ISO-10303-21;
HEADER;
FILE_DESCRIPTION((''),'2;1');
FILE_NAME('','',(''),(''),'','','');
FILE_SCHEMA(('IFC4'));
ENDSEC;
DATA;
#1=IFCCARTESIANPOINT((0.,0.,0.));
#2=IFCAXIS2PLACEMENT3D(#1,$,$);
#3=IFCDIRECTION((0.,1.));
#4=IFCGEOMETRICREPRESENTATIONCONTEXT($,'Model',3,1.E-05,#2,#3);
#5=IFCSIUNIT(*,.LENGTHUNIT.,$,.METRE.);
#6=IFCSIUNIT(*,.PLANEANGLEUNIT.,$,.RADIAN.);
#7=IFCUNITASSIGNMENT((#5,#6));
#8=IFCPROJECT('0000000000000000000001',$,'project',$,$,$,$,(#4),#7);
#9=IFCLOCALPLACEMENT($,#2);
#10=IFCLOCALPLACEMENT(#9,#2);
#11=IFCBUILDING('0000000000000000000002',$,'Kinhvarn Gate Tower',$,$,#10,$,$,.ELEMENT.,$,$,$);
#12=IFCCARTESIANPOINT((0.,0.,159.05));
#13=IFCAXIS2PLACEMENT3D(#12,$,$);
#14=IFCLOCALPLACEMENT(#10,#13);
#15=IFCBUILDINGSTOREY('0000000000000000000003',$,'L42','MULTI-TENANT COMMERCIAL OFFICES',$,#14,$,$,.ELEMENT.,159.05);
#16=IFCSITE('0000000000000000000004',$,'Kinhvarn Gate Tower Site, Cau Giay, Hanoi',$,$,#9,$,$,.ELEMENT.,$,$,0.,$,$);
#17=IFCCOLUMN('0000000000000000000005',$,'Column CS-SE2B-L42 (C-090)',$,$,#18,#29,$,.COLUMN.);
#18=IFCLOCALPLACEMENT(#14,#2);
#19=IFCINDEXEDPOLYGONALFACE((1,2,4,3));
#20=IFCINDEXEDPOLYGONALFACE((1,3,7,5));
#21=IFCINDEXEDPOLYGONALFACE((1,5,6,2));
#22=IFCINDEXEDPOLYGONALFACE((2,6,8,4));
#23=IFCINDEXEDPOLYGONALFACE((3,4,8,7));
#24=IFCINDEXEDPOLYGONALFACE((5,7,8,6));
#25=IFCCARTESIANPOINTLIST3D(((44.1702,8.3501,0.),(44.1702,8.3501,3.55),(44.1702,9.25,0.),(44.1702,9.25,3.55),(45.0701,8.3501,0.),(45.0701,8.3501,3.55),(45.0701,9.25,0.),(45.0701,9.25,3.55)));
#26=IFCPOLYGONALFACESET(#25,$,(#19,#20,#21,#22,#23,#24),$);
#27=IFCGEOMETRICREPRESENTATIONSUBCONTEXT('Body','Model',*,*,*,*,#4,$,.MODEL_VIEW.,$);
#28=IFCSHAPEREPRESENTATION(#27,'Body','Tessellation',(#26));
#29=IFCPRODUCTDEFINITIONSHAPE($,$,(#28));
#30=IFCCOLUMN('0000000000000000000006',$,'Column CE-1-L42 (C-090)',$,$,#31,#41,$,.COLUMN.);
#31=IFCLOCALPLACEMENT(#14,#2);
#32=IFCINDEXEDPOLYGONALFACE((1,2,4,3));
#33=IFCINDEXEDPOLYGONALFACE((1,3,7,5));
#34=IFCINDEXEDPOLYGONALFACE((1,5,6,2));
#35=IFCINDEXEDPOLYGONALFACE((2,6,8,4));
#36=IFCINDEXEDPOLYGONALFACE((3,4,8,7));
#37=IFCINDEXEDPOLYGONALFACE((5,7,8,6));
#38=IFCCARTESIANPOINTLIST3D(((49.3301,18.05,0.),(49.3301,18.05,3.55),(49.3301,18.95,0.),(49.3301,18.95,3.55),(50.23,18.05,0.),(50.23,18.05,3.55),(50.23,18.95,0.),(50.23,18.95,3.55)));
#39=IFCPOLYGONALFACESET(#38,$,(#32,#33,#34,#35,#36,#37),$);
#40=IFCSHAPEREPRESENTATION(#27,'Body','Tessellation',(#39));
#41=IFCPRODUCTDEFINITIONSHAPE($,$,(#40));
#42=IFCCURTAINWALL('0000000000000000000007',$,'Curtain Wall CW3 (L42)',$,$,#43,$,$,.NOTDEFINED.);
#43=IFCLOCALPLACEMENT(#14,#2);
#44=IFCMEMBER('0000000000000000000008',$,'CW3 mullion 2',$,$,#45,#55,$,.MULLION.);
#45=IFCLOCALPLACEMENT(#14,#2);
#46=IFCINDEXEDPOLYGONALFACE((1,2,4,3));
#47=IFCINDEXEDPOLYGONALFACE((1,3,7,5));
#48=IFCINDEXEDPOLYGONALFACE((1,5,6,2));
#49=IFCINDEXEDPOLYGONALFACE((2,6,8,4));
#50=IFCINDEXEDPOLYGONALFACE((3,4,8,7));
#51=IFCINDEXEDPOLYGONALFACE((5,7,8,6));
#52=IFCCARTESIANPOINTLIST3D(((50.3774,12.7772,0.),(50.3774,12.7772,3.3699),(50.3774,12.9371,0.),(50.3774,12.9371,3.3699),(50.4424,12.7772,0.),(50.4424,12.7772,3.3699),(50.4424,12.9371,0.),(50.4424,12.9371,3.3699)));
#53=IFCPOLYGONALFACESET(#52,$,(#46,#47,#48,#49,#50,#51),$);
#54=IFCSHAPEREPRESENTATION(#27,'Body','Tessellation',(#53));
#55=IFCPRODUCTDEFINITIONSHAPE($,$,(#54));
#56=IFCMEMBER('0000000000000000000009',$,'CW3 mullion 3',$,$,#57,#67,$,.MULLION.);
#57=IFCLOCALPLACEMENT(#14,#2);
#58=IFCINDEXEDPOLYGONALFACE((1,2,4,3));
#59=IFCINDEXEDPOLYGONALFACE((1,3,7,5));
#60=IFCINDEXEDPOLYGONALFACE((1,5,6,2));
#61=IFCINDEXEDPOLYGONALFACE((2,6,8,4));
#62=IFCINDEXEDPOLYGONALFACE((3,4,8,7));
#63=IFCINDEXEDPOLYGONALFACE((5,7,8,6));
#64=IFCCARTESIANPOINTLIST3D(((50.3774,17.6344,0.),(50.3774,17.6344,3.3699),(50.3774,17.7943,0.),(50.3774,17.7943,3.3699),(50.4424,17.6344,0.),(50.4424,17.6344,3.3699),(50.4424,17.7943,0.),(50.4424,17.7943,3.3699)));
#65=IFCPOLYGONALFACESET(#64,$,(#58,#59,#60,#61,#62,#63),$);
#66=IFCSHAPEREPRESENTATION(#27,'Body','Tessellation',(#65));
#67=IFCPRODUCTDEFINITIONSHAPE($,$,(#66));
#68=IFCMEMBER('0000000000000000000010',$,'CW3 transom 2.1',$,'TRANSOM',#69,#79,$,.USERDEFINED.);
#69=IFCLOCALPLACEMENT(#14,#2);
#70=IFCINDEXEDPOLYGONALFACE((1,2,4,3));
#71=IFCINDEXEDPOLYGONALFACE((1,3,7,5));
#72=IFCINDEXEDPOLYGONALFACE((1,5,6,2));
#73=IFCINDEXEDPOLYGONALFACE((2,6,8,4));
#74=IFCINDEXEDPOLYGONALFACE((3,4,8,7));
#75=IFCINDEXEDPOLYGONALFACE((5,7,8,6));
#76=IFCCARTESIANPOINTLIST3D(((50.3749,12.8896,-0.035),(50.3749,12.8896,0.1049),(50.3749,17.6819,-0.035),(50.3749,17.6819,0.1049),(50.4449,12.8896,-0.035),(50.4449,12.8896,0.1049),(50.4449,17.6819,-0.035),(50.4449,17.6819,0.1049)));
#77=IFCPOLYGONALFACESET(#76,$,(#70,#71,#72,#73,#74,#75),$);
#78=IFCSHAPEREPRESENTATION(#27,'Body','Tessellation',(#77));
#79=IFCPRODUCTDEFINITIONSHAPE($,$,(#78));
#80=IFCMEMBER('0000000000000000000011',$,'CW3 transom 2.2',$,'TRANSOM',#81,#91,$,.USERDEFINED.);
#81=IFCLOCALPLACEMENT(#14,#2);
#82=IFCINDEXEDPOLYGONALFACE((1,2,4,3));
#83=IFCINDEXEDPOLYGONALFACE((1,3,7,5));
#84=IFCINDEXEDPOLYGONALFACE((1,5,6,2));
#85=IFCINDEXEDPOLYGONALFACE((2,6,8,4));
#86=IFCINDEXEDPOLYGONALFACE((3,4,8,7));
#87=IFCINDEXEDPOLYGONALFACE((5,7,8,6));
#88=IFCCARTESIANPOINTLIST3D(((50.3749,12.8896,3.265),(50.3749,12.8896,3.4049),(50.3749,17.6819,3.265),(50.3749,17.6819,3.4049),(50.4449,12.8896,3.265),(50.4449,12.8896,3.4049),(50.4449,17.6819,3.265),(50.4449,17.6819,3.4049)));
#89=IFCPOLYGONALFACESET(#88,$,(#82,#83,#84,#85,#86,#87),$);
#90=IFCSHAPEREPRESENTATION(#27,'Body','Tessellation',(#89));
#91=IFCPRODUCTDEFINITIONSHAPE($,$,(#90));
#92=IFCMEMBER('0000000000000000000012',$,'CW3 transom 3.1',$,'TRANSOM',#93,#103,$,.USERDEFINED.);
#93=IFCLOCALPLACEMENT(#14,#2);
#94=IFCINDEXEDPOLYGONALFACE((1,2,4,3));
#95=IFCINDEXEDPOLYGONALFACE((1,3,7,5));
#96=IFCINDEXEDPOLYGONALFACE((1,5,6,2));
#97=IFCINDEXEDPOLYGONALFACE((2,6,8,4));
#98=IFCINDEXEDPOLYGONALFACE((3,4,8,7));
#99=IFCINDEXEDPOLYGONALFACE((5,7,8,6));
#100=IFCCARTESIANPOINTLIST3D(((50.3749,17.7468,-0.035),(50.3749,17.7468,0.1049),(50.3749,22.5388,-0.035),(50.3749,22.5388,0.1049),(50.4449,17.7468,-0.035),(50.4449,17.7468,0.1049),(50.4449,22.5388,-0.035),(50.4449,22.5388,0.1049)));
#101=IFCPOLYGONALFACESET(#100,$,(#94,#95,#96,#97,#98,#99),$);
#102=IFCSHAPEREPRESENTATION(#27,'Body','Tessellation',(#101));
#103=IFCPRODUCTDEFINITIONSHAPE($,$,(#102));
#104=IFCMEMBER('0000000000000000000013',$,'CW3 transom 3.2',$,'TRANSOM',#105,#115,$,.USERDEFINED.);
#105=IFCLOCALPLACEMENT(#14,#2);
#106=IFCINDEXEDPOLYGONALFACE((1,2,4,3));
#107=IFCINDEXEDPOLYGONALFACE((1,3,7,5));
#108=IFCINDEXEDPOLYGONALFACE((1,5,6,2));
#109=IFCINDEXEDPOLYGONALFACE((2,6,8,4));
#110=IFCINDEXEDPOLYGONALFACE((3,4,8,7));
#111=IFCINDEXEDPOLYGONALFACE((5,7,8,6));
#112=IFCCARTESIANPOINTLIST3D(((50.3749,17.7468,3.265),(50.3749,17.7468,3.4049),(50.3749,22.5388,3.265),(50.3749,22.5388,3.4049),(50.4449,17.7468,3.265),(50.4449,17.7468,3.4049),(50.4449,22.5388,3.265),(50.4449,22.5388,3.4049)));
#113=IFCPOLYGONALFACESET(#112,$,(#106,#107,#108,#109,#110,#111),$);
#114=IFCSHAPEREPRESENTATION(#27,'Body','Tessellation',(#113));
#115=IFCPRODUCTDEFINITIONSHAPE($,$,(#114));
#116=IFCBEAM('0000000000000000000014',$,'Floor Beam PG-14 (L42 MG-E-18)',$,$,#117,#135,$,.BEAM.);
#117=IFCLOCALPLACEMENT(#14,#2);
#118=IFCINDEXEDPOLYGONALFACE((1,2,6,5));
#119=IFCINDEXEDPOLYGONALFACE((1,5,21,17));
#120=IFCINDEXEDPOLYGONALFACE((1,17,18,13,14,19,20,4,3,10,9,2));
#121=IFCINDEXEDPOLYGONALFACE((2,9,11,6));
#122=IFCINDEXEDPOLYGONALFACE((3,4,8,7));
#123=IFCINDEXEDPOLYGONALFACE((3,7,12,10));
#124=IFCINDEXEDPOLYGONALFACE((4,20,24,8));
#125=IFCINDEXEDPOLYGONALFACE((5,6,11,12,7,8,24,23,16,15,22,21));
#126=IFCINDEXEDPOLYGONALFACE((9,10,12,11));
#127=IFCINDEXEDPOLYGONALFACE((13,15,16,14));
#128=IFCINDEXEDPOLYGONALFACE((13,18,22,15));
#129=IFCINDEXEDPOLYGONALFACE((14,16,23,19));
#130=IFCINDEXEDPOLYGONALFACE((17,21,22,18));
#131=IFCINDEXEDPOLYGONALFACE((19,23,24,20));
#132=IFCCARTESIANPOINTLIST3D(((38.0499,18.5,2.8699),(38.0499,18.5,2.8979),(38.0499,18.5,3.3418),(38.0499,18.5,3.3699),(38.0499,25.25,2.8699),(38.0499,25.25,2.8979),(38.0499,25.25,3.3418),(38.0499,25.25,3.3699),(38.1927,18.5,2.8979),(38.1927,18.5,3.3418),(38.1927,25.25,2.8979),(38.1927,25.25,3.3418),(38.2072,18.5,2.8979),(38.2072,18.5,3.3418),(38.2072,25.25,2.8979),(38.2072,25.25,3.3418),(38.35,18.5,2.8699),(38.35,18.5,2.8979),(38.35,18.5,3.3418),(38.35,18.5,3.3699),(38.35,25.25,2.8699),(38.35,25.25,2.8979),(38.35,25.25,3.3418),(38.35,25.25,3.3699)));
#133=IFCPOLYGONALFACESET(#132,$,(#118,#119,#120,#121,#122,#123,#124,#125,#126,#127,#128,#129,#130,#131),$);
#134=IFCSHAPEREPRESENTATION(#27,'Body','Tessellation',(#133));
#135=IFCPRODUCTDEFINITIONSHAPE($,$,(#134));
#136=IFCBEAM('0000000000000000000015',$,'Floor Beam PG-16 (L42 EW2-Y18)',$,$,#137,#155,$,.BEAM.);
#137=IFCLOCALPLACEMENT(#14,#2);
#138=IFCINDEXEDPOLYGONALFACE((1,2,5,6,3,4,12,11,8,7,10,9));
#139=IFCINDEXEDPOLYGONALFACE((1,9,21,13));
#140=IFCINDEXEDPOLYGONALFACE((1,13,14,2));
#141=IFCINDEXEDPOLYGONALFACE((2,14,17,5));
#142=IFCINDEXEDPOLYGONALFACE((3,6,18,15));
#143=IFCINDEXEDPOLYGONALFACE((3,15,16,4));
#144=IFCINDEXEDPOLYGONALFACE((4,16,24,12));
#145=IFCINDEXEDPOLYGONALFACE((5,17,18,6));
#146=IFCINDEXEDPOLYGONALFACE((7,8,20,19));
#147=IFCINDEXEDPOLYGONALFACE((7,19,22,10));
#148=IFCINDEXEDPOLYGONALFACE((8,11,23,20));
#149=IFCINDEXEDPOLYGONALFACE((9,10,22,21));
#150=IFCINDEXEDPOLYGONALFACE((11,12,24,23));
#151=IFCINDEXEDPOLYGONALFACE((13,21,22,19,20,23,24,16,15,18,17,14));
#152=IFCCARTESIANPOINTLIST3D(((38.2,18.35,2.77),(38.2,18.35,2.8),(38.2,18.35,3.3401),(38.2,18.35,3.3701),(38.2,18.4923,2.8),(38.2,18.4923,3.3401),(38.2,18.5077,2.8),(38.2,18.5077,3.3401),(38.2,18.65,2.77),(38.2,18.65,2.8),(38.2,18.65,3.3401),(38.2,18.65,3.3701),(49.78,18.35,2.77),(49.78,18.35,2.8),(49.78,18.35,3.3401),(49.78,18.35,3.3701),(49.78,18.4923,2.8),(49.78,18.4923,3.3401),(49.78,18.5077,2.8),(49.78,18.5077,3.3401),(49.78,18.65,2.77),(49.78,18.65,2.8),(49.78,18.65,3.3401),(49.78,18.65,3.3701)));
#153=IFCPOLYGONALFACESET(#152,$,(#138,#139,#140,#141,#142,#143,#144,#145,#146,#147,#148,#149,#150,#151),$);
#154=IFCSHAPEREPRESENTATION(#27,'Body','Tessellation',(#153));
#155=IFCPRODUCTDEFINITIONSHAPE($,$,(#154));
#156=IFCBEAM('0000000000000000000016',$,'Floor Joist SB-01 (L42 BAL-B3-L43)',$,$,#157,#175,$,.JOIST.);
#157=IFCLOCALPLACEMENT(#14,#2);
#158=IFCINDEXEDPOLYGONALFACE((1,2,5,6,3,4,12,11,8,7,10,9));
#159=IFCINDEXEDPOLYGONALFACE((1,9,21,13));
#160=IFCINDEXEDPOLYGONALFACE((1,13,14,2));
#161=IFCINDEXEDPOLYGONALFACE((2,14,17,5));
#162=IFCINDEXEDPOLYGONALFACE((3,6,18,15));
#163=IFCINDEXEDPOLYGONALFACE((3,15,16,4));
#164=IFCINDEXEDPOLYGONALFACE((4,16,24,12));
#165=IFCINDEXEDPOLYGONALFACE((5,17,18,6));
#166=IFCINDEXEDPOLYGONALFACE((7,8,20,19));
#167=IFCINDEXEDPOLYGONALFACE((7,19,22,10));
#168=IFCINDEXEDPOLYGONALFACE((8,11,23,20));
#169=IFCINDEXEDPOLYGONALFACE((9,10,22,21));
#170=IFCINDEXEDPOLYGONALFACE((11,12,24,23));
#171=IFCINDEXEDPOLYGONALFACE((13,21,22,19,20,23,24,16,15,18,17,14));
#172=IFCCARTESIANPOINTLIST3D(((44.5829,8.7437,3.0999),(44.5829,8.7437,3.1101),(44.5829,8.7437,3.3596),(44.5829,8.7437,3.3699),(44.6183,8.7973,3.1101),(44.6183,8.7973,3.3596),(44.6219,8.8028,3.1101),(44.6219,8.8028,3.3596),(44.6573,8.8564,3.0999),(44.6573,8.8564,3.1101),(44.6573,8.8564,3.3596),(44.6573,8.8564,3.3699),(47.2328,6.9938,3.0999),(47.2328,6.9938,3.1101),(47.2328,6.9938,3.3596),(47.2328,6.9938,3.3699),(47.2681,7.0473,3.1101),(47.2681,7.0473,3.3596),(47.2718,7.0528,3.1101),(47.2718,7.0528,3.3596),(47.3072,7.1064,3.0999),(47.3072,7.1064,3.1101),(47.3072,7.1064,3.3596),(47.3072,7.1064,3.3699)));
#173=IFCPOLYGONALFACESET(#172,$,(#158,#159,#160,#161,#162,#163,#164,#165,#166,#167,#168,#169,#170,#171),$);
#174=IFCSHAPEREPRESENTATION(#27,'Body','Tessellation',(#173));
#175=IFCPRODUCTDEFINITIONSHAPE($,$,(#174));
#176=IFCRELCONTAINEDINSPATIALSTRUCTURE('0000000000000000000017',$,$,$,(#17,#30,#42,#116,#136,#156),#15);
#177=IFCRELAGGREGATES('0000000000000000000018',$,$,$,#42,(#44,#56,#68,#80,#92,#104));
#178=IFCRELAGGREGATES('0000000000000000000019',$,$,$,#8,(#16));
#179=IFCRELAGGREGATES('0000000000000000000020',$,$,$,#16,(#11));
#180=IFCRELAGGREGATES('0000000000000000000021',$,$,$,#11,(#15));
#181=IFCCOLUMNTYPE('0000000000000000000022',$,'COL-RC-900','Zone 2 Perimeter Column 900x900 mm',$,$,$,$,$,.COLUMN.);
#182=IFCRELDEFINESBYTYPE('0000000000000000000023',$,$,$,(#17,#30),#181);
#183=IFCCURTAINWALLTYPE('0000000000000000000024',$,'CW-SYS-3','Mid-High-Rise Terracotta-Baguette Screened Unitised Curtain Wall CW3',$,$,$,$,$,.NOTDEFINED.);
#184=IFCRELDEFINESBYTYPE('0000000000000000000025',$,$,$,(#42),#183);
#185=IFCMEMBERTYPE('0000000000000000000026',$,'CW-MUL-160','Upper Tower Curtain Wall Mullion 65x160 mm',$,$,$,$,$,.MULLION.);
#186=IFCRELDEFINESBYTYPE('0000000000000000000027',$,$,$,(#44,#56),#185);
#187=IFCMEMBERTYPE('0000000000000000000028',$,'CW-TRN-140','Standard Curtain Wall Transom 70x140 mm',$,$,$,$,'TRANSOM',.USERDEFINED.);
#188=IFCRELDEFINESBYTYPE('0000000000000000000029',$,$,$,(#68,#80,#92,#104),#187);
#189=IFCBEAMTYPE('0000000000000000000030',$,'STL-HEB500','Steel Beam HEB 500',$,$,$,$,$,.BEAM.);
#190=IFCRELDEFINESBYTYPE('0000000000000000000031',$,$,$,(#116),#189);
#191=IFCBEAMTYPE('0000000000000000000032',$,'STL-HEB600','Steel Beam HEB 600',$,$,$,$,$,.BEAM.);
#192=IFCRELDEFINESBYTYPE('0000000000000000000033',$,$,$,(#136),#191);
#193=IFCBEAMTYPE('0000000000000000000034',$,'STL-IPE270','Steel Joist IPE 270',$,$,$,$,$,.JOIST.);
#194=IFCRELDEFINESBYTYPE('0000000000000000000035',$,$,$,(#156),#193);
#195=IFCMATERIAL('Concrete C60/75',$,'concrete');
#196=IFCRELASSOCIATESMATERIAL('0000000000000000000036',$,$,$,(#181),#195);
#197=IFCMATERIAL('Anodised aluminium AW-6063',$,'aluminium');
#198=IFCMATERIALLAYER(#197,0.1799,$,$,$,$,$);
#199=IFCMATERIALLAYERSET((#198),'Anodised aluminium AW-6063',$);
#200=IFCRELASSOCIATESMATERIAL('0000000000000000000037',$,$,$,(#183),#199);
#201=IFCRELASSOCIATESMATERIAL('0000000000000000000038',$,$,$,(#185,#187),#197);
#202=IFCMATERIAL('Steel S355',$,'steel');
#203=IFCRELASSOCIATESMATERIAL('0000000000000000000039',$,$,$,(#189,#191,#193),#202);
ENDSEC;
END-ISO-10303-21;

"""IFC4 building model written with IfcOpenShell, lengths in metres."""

from ifc_helpers import new_model, si_unit, direction, frame, origin, origin_2d, place, context, subcontext, project, spatial, rectangle, i_section, extrude, material, layer, layer_set, material_profile, profile_set, type_object, element, aggregate, save


model = new_model("IFC4")

# Units and contexts
model_context = context("Model", 3, precision=1e-05, world=origin(), true_north=direction((0.0, 1.0)))
body_context = subcontext(model_context, "Body", "Model", "MODEL_VIEW")
ifc_project = project(units=[si_unit("LENGTHUNIT", "METRE"), si_unit("PLANEANGLEUNIT", "RADIAN")], contexts=[model_context])

# Site, building, storey
site_placement = place(None, origin())
site = spatial("IfcSite", under=ifc_project, at=site_placement, Name="Kinhvarn Gate Tower Site, Cau Giay, Hanoi", CompositionType="ELEMENT", RefElevation=0.0)
building_placement = place(site_placement, origin())
building = spatial("IfcBuilding", under=site, at=building_placement, Name="Kinhvarn Gate Tower", CompositionType="ELEMENT")
storey_placement = place(building_placement, frame((0.0, 0.0, 159.05)))
storey = spatial("IfcBuildingStorey", under=building, at=storey_placement, Name="L42", Description="MULTI-TENANT COMMERCIAL OFFICES", CompositionType="ELEMENT", Elevation=159.05)

# Columns
ifc_material_1 = material(Name="Concrete C60/75", Category="concrete")
ifc_material_profile_1 = material_profile(ifc_material_1, rectangle(XDim=0.8999, YDim=0.8999, at=origin_2d()), Name="RC 900x900")
ifc_profile_set_1 = profile_set([ifc_material_profile_1], Name="Concrete C60/75")
column_type = type_object("IfcColumnType", Name="COL-RC-900", Description="Zone 2 Perimeter Column 900x900 mm", PredefinedType="COLUMN", material=ifc_profile_set_1)
for number, where, z_axis, x_axis, name in (
    (1, (44.6201, 8.8, 0.0), (0.0, 0.0, 1.0), (1.0, 0.0, 0.0), "Column CS-SE2B-L42 (C-090)"),
    (2, (49.78, 18.5, 0.0), (0.0, 0.0, 1.0), (1.0, 0.0, 0.0), "Column CE-1-L42 (C-090)"),
):
    element("IfcColumn", number, at=place(storey_placement, frame(where, z_axis=z_axis, x_axis=x_axis)), inside=storey, type_object=column_type, Name=name, PredefinedType="COLUMN", context=body_context, shape_type="SweptSolid", body=[
        extrude(rectangle(XDim=0.8999, YDim=0.8999, at=origin_2d()), origin(), (0.0, 0.0, 1.0), 3.55),
    ])

# Curtain wall, members
ifc_material_2 = material(Name="Anodised aluminium AW-6063", Category="aluminium")
ifc_layer_1 = layer(ifc_material_2, 0.1799)
ifc_layer_set_1 = layer_set([ifc_layer_1], Name="Anodised aluminium AW-6063")
curtain_wall_type = type_object("IfcCurtainWallType", Name="CW-SYS-3", Description="Mid-High-Rise Terracotta-Baguette Screened Unitised Curtain Wall CW3", PredefinedType="NOTDEFINED", material=ifc_layer_set_1)
curtain_wall_placement = place(storey_placement, origin())
curtain_wall = element("IfcCurtainWall", 3, at=curtain_wall_placement, inside=storey, type_object=curtain_wall_type, Name="Curtain Wall CW3 (L42)", PredefinedType="NOTDEFINED")
ifc_material_profile_2 = material_profile(ifc_material_2, rectangle(XDim=0.0649, YDim=0.1599, at=origin_2d()), Name="ALU 65x160")
ifc_profile_set_2 = profile_set([ifc_material_profile_2], Name="Anodised aluminium AW-6063")
member_type_1 = type_object("IfcMemberType", Name="CW-MUL-160", Description="Upper Tower Curtain Wall Mullion 65x160 mm", PredefinedType="MULLION", material=ifc_profile_set_2)
member_1_placement = place(storey_placement, frame((50.4099, 12.8572, 0.0), z_axis=(0.0, 0.0, 1.0), x_axis=(-1.0, 0.0, 0.0)))
member_1 = element("IfcMember", 4, at=member_1_placement, type_object=member_type_1, Name="CW3 mullion 2", PredefinedType="MULLION", context=body_context, shape_type="SweptSolid", body=[
    extrude(rectangle(XDim=0.0649, YDim=0.1599, at=origin_2d()), origin(), (0.0, 0.0, 1.0), 3.3699),
])
member_2_placement = place(storey_placement, frame((50.4099, 17.7144, 0.0), z_axis=(0.0, 0.0, 1.0), x_axis=(-1.0, 0.0, 0.0)))
member_2 = element("IfcMember", 5, at=member_2_placement, type_object=member_type_1, Name="CW3 mullion 3", PredefinedType="MULLION", context=body_context, shape_type="SweptSolid", body=[
    extrude(rectangle(XDim=0.0649, YDim=0.1599, at=origin_2d()), origin(), (0.0, 0.0, 1.0), 3.3699),
])
ifc_material_profile_3 = material_profile(ifc_material_2, rectangle(XDim=0.0701, YDim=0.1399, at=origin_2d()), Name="ALU 70x140")
ifc_profile_set_3 = profile_set([ifc_material_profile_3], Name="Anodised aluminium AW-6063")
member_type_2 = type_object("IfcMemberType", Name="CW-TRN-140", Description="Standard Curtain Wall Transom 70x140 mm", ElementType="TRANSOM", PredefinedType="USERDEFINED", material=ifc_profile_set_3)
member_3_placement = place(storey_placement, frame((50.4099, 12.8896, 0.0349), z_axis=(0.0, 1.0, 0.0), x_axis=(-1.0, 0.0, 0.0)))
member_3 = element("IfcMember", 6, at=member_3_placement, type_object=member_type_2, Name="CW3 transom 2.1", ObjectType="TRANSOM", PredefinedType="USERDEFINED", context=body_context, shape_type="SweptSolid", body=[
    extrude(rectangle(XDim=0.0701, YDim=0.1399, at=origin_2d()), origin(), (0.0, 0.0, 1.0), 4.7922),
])
member_4_placement = place(storey_placement, frame((50.4099, 12.8896, 3.335), z_axis=(0.0, 1.0, 0.0), x_axis=(-1.0, 0.0, 0.0)))
member_4 = element("IfcMember", 7, at=member_4_placement, type_object=member_type_2, Name="CW3 transom 2.2", ObjectType="TRANSOM", PredefinedType="USERDEFINED", context=body_context, shape_type="SweptSolid", body=[
    extrude(rectangle(XDim=0.0701, YDim=0.1399, at=origin_2d()), origin(), (0.0, 0.0, 1.0), 4.7922),
])
member_5_placement = place(storey_placement, frame((50.4099, 17.7468, 0.0349), z_axis=(0.0, 1.0, 0.0), x_axis=(-1.0, 0.0, 0.0)))
member_5 = element("IfcMember", 8, at=member_5_placement, type_object=member_type_2, Name="CW3 transom 3.1", ObjectType="TRANSOM", PredefinedType="USERDEFINED", context=body_context, shape_type="SweptSolid", body=[
    extrude(rectangle(XDim=0.0701, YDim=0.1399, at=origin_2d()), origin(), (0.0, 0.0, 1.0), 4.792),
])
member_6_placement = place(storey_placement, frame((50.4099, 17.7468, 3.335), z_axis=(0.0, 1.0, 0.0), x_axis=(-1.0, 0.0, 0.0)))
member_6 = element("IfcMember", 9, at=member_6_placement, type_object=member_type_2, Name="CW3 transom 3.2", ObjectType="TRANSOM", PredefinedType="USERDEFINED", context=body_context, shape_type="SweptSolid", body=[
    extrude(rectangle(XDim=0.0701, YDim=0.1399, at=origin_2d()), origin(), (0.0, 0.0, 1.0), 4.792),
])

# Beams
ifc_material_3 = material(Name="Steel S355", Category="steel")
ifc_material_profile_4 = material_profile(ifc_material_3, i_section(OverallWidth=0.3, OverallDepth=0.5, WebThickness=0.0144, FlangeThickness=0.0281, at=origin_2d()), Name="HEB 500")
ifc_profile_set_4 = profile_set([ifc_material_profile_4], Name="Steel S355")
beam_type_1 = type_object("IfcBeamType", Name="STL-HEB500", Description="Steel Beam HEB 500", PredefinedType="BEAM", material=ifc_profile_set_4)
beam_1_placement = place(storey_placement, frame((38.2, 18.5, 3.1199), z_axis=(0.0, 1.0, 0.0), x_axis=(-1.0, 0.0, 0.0)))
element("IfcBeam", 10, at=beam_1_placement, inside=storey, type_object=beam_type_1, Name="Floor Beam PG-14 (L42 MG-E-18)", PredefinedType="BEAM", context=body_context, shape_type="SweptSolid", body=[
    extrude(i_section(OverallWidth=0.3, OverallDepth=0.5, WebThickness=0.0144, FlangeThickness=0.0281, at=origin_2d()), origin(), (0.0, 0.0, 1.0), 6.75),
])
ifc_material_profile_5 = material_profile(ifc_material_3, i_section(OverallWidth=0.3, OverallDepth=0.6001, WebThickness=0.0154, FlangeThickness=0.03, at=origin_2d()), Name="HEB 600")
ifc_profile_set_5 = profile_set([ifc_material_profile_5], Name="Steel S355")
beam_type_2 = type_object("IfcBeamType", Name="STL-HEB600", Description="Steel Beam HEB 600", PredefinedType="BEAM", material=ifc_profile_set_5)
beam_2_placement = place(storey_placement, frame((38.2, 18.5, 3.0701), z_axis=(1.0, 0.0, 0.0), x_axis=(0.0, 1.0, 0.0)))
element("IfcBeam", 11, at=beam_2_placement, inside=storey, type_object=beam_type_2, Name="Floor Beam PG-16 (L42 EW2-Y18)", PredefinedType="BEAM", context=body_context, shape_type="SweptSolid", body=[
    extrude(i_section(OverallWidth=0.3, OverallDepth=0.6001, WebThickness=0.0154, FlangeThickness=0.03, at=origin_2d()), origin(), (0.0, 0.0, 1.0), 11.5801),
])
ifc_material_profile_6 = material_profile(ifc_material_3, i_section(OverallWidth=0.135, OverallDepth=0.27, WebThickness=0.0066, FlangeThickness=0.0103, at=origin_2d()), Name="IPE 270")
ifc_profile_set_6 = profile_set([ifc_material_profile_6], Name="Steel S355")
beam_type_3 = type_object("IfcBeamType", Name="STL-IPE270", Description="Steel Joist IPE 270", PredefinedType="JOIST", material=ifc_profile_set_6)
beam_3_placement = place(storey_placement, frame((44.6201, 8.8, 3.2349), z_axis=(0.834455, -0.551076, 0.0), x_axis=(0.551076, 0.834455, 0.0)))
element("IfcBeam", 12, at=beam_3_placement, inside=storey, type_object=beam_type_3, Name="Floor Joist SB-01 (L42 BAL-B3-L43)", PredefinedType="JOIST", context=body_context, shape_type="SweptSolid", body=[
    extrude(i_section(OverallWidth=0.135, OverallDepth=0.27, WebThickness=0.0066, FlangeThickness=0.0103, at=origin_2d()), origin(), (0.0, 0.0, 1.0), 3.1755),
])

aggregate(curtain_wall, [member_1, member_2, member_3, member_4, member_5, member_6])

save(model, "model.ifc")
